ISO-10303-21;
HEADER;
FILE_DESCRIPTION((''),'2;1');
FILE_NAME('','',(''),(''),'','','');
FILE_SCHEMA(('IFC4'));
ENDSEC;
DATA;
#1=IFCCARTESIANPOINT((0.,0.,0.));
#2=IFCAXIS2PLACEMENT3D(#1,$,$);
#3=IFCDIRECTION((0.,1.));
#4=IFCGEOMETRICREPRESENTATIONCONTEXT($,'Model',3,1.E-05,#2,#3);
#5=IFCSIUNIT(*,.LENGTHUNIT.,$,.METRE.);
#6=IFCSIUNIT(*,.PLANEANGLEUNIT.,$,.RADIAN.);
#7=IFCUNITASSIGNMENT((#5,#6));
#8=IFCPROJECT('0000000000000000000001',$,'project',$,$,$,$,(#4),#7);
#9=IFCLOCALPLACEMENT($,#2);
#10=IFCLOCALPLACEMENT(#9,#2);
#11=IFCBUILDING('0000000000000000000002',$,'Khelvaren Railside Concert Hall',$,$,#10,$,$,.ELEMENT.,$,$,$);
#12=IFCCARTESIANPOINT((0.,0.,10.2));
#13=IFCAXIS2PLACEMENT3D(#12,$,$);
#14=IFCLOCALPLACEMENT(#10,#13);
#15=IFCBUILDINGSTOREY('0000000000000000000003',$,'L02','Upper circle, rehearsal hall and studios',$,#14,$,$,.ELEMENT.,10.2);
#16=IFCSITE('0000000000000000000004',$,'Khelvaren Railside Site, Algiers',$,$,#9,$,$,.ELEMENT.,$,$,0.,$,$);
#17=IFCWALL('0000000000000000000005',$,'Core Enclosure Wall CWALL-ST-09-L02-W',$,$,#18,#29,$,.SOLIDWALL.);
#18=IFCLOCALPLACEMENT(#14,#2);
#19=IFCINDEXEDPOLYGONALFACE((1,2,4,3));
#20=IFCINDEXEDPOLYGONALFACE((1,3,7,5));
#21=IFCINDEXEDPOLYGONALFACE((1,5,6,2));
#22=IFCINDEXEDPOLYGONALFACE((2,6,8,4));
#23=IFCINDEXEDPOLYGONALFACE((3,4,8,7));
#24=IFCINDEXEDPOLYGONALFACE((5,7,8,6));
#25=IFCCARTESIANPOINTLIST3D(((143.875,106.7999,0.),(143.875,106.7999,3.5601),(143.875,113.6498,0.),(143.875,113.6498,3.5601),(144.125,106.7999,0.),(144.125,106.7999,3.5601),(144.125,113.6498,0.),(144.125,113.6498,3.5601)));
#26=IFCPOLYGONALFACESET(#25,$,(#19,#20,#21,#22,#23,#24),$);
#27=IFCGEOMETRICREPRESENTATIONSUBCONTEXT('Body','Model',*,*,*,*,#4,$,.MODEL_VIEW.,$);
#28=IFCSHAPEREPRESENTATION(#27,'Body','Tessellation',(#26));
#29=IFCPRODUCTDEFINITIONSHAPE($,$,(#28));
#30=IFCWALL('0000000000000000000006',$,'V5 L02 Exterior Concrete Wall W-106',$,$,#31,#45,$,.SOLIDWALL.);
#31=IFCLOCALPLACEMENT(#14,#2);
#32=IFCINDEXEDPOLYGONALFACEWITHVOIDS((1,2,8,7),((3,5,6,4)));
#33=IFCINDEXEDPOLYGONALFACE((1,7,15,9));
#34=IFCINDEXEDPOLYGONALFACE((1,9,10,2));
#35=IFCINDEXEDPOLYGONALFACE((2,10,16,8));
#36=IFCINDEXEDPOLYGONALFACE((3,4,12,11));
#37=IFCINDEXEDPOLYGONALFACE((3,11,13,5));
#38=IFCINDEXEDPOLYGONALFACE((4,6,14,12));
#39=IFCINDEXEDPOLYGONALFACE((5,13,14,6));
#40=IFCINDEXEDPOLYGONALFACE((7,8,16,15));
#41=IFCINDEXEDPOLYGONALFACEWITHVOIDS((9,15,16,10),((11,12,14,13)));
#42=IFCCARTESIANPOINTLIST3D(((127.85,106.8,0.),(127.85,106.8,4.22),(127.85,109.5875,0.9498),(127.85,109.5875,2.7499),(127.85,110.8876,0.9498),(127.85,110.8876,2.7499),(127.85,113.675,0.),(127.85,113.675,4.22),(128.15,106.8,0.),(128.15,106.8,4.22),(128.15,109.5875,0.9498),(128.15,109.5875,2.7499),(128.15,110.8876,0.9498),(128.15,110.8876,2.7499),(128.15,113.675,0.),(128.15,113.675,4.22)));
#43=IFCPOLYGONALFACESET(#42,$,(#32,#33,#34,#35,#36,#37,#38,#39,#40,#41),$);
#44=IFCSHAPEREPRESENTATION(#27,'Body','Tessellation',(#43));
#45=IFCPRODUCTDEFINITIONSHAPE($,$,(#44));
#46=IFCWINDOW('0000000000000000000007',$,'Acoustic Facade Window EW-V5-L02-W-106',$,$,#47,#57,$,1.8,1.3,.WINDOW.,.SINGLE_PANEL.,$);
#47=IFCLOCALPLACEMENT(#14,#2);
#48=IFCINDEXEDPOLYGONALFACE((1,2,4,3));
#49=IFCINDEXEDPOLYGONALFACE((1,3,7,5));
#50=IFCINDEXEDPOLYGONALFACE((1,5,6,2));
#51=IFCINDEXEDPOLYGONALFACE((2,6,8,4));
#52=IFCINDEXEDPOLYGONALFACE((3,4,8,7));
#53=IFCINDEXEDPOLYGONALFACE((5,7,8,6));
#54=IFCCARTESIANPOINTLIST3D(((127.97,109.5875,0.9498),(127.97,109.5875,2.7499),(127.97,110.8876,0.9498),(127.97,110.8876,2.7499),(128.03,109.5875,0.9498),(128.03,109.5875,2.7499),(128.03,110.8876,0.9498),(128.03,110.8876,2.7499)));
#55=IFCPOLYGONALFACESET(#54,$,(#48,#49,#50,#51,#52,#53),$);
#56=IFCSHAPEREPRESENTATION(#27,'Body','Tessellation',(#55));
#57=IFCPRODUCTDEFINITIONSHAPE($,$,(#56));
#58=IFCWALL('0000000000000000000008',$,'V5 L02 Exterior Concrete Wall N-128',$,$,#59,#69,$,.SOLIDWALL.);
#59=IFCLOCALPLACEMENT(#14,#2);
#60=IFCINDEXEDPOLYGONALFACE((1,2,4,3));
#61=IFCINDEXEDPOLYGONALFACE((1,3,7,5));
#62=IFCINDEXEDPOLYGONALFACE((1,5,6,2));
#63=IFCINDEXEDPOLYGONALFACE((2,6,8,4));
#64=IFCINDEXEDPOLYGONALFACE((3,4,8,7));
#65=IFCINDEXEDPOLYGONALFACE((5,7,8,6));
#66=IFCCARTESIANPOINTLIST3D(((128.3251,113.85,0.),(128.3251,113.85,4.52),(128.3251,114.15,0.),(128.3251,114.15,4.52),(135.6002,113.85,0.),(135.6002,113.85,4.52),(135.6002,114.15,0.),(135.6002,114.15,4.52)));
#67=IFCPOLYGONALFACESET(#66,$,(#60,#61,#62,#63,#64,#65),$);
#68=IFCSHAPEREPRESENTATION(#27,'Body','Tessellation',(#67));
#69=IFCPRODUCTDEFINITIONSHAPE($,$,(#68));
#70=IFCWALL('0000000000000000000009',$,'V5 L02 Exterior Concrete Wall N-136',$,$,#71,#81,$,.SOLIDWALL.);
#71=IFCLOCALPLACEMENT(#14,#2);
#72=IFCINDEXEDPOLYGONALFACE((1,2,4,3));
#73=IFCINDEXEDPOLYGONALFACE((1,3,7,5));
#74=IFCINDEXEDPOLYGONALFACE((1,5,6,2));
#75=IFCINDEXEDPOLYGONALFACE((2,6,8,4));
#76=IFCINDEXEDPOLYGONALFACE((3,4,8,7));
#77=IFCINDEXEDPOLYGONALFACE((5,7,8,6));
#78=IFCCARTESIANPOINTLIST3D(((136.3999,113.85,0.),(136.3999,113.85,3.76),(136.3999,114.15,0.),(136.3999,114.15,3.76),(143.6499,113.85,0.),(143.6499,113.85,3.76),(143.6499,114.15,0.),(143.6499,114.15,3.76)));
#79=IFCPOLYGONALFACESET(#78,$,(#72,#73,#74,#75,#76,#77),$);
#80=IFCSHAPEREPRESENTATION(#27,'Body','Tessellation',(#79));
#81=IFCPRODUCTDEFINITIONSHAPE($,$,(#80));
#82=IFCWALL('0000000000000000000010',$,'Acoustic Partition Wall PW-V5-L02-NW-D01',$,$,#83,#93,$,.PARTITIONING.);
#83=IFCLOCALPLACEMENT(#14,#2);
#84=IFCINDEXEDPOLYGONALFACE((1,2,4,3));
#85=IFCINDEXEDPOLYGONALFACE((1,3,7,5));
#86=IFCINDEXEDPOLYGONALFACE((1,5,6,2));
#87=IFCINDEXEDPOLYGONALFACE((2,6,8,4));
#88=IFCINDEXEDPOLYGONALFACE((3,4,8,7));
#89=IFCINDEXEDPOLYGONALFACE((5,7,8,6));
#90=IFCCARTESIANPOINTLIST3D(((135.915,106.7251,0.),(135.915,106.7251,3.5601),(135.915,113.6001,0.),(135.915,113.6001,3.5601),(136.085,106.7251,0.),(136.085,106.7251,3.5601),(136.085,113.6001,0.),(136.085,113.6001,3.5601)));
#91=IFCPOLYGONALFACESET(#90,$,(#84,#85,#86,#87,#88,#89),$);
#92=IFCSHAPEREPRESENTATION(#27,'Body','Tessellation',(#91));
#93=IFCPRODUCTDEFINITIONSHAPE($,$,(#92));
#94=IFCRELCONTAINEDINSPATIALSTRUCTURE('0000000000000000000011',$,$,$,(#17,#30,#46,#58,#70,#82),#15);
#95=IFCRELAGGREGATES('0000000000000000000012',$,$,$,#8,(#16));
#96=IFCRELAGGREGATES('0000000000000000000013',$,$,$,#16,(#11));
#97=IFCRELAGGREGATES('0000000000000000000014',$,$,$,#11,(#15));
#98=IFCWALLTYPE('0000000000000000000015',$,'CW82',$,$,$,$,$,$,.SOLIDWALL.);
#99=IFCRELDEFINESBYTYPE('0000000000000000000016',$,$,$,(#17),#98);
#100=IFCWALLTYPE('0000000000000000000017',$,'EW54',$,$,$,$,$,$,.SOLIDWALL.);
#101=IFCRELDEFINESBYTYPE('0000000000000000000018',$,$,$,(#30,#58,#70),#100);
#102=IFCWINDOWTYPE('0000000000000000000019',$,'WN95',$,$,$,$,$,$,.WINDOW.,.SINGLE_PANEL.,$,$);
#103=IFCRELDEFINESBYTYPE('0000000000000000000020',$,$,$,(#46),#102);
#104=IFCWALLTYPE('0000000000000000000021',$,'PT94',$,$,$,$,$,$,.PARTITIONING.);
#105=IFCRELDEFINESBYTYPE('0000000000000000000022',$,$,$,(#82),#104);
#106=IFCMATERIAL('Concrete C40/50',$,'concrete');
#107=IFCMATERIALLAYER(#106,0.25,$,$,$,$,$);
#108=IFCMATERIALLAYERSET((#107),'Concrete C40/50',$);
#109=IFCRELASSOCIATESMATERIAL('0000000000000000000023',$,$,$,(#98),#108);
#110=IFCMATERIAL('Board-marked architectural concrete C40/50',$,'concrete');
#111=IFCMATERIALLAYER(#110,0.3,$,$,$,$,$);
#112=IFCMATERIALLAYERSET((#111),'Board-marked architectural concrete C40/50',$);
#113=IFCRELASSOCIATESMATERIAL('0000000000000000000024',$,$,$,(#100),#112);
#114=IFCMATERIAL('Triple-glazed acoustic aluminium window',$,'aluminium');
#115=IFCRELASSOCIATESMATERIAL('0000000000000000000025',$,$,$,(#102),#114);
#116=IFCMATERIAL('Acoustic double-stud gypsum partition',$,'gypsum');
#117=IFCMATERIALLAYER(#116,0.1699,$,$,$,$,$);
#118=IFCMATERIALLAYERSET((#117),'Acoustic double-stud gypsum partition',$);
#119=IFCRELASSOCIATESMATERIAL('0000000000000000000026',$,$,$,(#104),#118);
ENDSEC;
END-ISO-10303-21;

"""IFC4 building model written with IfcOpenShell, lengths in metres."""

from ifc_helpers import new_model, si_unit, direction, frame, frame_2d, origin, place, context, subcontext, project, spatial, rectangle, extrude, material, layer, layer_set, type_object, element, fill, save


model = new_model("IFC4")

# Units and contexts
model_context = context("Model", 3, precision=1e-05, world=origin(), true_north=direction((0.0, 1.0)))
body_context = subcontext(model_context, "Body", "Model", "MODEL_VIEW")
ifc_project = project(units=[si_unit("LENGTHUNIT", "METRE"), si_unit("PLANEANGLEUNIT", "RADIAN")], contexts=[model_context])

# Site, building, storey
site_placement = place(None, origin())
site = spatial("IfcSite", under=ifc_project, at=site_placement, Name="Khelvaren Railside Site, Algiers", CompositionType="ELEMENT", RefElevation=0.0)
building_placement = place(site_placement, origin())
building = spatial("IfcBuilding", under=site, at=building_placement, Name="Khelvaren Railside Concert Hall", CompositionType="ELEMENT")
storey_placement = place(building_placement, frame((0.0, 0.0, 10.2)))
storey = spatial("IfcBuildingStorey", under=building, at=storey_placement, Name="L02", Description="Upper circle, rehearsal hall and studios", CompositionType="ELEMENT", Elevation=10.2)

# Shared definitions
ifc_material_1 = material(Name="Concrete C40/50", Category="concrete")

# Wall
ifc_layer_1 = layer(ifc_material_1, 0.25)
ifc_layer_set_1 = layer_set([ifc_layer_1], Name="Concrete C40/50")
wall_type_1 = type_object("IfcWallType", Name="CW82", PredefinedType="SOLIDWALL", material=ifc_layer_set_1)
wall_1_placement = place(storey_placement, frame((144.0, 106.8, 0.0), z_axis=(0.0, 0.0, 1.0), x_axis=(0.0, 1.0, 0.0)))
element("IfcWall", 1, at=wall_1_placement, inside=storey, type_object=wall_type_1, Name="Core Enclosure Wall CWALL-ST-09-L02-W", PredefinedType="SOLIDWALL", context=body_context, shape_type="SweptSolid", body=[
    extrude(rectangle(XDim=6.8499, YDim=0.25, at=frame_2d((3.4248, 0.0))), origin(), (0.0, 0.0, 1.0), 3.5601),
])

# Wall, opening, window
ifc_material_2 = material(Name="Board-marked architectural concrete C40/50", Category="concrete")
ifc_layer_2 = layer(ifc_material_2, 0.3)
ifc_layer_set_2 = layer_set([ifc_layer_2], Name="Board-marked architectural concrete C40/50")
wall_type_2 = type_object("IfcWallType", Name="EW54", PredefinedType="SOLIDWALL", material=ifc_layer_set_2)
wall_2_placement = place(storey_placement, frame((128.0, 106.8, 0.0), z_axis=(0.0, 0.0, 1.0), x_axis=(0.0, 1.0, 0.0)))
wall_2 = element("IfcWall", 2, at=wall_2_placement, inside=storey, type_object=wall_type_2, Name="V5 L02 Exterior Concrete Wall W-106", PredefinedType="SOLIDWALL", context=body_context, shape_type="SweptSolid", body=[
    extrude(rectangle(XDim=6.875, YDim=0.3, at=frame_2d((3.4375, 0.0))), origin(), (0.0, 0.0, 1.0), 4.22),
])
opening_placement = place(wall_2_placement, frame((2.7876, 0.0, 0.95)))
opening = element("IfcOpeningElement", 3, at=opening_placement, cuts=wall_2, PredefinedType="OPENING", context=body_context, shape_type="SweptSolid", body=[
    extrude(rectangle(XDim=1.3, YDim=1.8, at=frame_2d((0.6499, 0.8999))), frame((0.0, 0.1599, 0.0), z_axis=(0.0, -1.0, 0.0), x_axis=(1.0, 0.0, 0.0)), (0.0, 0.0, 1.0), 0.3201),
])
ifc_material_3 = material(Name="Triple-glazed acoustic aluminium window", Category="aluminium")
window_type = type_object("IfcWindowType", Name="WN95", PartitioningType="SINGLE_PANEL", PredefinedType="WINDOW", material=ifc_material_3)
window_placement = place(opening_placement, origin())
window = element("IfcWindow", 4, at=window_placement, inside=storey, type_object=window_type, Name="Acoustic Facade Window EW-V5-L02-W-106", OverallHeight=1.8, OverallWidth=1.3, PartitioningType="SINGLE_PANEL", PredefinedType="WINDOW", context=body_context, shape_type="SweptSolid", body=[
    extrude(rectangle(XDim=1.3, YDim=1.8, at=frame_2d((0.6499, 0.8999))), frame((0.0, 0.03, 0.0), z_axis=(0.0, -1.0, 0.0), x_axis=(1.0, 0.0, 0.0)), (0.0, 0.0, 1.0), 0.0601),
])
fill(opening, window)

# Walls
wall_3_placement = place(storey_placement, frame((128.325, 114.0, 0.0), z_axis=(0.0, 0.0, 1.0), x_axis=(1.0, 0.0, 0.0)))
element("IfcWall", 5, at=wall_3_placement, inside=storey, type_object=wall_type_2, Name="V5 L02 Exterior Concrete Wall N-128", PredefinedType="SOLIDWALL", context=body_context, shape_type="SweptSolid", body=[
    extrude(rectangle(XDim=7.2751, YDim=0.3, at=frame_2d((3.6377, 0.0))), origin(), (0.0, 0.0, 1.0), 4.52),
])
wall_4_placement = place(storey_placement, frame((136.3999, 114.0, 0.0), z_axis=(0.0, 0.0, 1.0), x_axis=(1.0, 0.0, 0.0)))
element("IfcWall", 6, at=wall_4_placement, inside=storey, type_object=wall_type_2, Name="V5 L02 Exterior Concrete Wall N-136", PredefinedType="SOLIDWALL", context=body_context, shape_type="SweptSolid", body=[
    extrude(rectangle(XDim=7.25, YDim=0.3, at=frame_2d((3.625, 0.0))), origin(), (0.0, 0.0, 1.0), 3.76),
])
ifc_material_4 = material(Name="Acoustic double-stud gypsum partition", Category="gypsum")
ifc_layer_3 = layer(ifc_material_4, 0.1699)
ifc_layer_set_3 = layer_set([ifc_layer_3], Name="Acoustic double-stud gypsum partition")
wall_type_3 = type_object("IfcWallType", Name="PT94", PredefinedType="PARTITIONING", material=ifc_layer_set_3)
wall_5_placement = place(storey_placement, frame((136.0, 106.7251, 0.0), z_axis=(0.0, 0.0, 1.0), x_axis=(0.0, 1.0, 0.0)))
element("IfcWall", 7, at=wall_5_placement, inside=storey, type_object=wall_type_3, Name="Acoustic Partition Wall PW-V5-L02-NW-D01", PredefinedType="PARTITIONING", context=body_context, shape_type="SweptSolid", body=[
    extrude(rectangle(XDim=6.875, YDim=0.1699, at=frame_2d((3.4375, 0.0))), origin(), (0.0, 0.0, 1.0), 3.5601),
])

save(model, "model.ifc")
